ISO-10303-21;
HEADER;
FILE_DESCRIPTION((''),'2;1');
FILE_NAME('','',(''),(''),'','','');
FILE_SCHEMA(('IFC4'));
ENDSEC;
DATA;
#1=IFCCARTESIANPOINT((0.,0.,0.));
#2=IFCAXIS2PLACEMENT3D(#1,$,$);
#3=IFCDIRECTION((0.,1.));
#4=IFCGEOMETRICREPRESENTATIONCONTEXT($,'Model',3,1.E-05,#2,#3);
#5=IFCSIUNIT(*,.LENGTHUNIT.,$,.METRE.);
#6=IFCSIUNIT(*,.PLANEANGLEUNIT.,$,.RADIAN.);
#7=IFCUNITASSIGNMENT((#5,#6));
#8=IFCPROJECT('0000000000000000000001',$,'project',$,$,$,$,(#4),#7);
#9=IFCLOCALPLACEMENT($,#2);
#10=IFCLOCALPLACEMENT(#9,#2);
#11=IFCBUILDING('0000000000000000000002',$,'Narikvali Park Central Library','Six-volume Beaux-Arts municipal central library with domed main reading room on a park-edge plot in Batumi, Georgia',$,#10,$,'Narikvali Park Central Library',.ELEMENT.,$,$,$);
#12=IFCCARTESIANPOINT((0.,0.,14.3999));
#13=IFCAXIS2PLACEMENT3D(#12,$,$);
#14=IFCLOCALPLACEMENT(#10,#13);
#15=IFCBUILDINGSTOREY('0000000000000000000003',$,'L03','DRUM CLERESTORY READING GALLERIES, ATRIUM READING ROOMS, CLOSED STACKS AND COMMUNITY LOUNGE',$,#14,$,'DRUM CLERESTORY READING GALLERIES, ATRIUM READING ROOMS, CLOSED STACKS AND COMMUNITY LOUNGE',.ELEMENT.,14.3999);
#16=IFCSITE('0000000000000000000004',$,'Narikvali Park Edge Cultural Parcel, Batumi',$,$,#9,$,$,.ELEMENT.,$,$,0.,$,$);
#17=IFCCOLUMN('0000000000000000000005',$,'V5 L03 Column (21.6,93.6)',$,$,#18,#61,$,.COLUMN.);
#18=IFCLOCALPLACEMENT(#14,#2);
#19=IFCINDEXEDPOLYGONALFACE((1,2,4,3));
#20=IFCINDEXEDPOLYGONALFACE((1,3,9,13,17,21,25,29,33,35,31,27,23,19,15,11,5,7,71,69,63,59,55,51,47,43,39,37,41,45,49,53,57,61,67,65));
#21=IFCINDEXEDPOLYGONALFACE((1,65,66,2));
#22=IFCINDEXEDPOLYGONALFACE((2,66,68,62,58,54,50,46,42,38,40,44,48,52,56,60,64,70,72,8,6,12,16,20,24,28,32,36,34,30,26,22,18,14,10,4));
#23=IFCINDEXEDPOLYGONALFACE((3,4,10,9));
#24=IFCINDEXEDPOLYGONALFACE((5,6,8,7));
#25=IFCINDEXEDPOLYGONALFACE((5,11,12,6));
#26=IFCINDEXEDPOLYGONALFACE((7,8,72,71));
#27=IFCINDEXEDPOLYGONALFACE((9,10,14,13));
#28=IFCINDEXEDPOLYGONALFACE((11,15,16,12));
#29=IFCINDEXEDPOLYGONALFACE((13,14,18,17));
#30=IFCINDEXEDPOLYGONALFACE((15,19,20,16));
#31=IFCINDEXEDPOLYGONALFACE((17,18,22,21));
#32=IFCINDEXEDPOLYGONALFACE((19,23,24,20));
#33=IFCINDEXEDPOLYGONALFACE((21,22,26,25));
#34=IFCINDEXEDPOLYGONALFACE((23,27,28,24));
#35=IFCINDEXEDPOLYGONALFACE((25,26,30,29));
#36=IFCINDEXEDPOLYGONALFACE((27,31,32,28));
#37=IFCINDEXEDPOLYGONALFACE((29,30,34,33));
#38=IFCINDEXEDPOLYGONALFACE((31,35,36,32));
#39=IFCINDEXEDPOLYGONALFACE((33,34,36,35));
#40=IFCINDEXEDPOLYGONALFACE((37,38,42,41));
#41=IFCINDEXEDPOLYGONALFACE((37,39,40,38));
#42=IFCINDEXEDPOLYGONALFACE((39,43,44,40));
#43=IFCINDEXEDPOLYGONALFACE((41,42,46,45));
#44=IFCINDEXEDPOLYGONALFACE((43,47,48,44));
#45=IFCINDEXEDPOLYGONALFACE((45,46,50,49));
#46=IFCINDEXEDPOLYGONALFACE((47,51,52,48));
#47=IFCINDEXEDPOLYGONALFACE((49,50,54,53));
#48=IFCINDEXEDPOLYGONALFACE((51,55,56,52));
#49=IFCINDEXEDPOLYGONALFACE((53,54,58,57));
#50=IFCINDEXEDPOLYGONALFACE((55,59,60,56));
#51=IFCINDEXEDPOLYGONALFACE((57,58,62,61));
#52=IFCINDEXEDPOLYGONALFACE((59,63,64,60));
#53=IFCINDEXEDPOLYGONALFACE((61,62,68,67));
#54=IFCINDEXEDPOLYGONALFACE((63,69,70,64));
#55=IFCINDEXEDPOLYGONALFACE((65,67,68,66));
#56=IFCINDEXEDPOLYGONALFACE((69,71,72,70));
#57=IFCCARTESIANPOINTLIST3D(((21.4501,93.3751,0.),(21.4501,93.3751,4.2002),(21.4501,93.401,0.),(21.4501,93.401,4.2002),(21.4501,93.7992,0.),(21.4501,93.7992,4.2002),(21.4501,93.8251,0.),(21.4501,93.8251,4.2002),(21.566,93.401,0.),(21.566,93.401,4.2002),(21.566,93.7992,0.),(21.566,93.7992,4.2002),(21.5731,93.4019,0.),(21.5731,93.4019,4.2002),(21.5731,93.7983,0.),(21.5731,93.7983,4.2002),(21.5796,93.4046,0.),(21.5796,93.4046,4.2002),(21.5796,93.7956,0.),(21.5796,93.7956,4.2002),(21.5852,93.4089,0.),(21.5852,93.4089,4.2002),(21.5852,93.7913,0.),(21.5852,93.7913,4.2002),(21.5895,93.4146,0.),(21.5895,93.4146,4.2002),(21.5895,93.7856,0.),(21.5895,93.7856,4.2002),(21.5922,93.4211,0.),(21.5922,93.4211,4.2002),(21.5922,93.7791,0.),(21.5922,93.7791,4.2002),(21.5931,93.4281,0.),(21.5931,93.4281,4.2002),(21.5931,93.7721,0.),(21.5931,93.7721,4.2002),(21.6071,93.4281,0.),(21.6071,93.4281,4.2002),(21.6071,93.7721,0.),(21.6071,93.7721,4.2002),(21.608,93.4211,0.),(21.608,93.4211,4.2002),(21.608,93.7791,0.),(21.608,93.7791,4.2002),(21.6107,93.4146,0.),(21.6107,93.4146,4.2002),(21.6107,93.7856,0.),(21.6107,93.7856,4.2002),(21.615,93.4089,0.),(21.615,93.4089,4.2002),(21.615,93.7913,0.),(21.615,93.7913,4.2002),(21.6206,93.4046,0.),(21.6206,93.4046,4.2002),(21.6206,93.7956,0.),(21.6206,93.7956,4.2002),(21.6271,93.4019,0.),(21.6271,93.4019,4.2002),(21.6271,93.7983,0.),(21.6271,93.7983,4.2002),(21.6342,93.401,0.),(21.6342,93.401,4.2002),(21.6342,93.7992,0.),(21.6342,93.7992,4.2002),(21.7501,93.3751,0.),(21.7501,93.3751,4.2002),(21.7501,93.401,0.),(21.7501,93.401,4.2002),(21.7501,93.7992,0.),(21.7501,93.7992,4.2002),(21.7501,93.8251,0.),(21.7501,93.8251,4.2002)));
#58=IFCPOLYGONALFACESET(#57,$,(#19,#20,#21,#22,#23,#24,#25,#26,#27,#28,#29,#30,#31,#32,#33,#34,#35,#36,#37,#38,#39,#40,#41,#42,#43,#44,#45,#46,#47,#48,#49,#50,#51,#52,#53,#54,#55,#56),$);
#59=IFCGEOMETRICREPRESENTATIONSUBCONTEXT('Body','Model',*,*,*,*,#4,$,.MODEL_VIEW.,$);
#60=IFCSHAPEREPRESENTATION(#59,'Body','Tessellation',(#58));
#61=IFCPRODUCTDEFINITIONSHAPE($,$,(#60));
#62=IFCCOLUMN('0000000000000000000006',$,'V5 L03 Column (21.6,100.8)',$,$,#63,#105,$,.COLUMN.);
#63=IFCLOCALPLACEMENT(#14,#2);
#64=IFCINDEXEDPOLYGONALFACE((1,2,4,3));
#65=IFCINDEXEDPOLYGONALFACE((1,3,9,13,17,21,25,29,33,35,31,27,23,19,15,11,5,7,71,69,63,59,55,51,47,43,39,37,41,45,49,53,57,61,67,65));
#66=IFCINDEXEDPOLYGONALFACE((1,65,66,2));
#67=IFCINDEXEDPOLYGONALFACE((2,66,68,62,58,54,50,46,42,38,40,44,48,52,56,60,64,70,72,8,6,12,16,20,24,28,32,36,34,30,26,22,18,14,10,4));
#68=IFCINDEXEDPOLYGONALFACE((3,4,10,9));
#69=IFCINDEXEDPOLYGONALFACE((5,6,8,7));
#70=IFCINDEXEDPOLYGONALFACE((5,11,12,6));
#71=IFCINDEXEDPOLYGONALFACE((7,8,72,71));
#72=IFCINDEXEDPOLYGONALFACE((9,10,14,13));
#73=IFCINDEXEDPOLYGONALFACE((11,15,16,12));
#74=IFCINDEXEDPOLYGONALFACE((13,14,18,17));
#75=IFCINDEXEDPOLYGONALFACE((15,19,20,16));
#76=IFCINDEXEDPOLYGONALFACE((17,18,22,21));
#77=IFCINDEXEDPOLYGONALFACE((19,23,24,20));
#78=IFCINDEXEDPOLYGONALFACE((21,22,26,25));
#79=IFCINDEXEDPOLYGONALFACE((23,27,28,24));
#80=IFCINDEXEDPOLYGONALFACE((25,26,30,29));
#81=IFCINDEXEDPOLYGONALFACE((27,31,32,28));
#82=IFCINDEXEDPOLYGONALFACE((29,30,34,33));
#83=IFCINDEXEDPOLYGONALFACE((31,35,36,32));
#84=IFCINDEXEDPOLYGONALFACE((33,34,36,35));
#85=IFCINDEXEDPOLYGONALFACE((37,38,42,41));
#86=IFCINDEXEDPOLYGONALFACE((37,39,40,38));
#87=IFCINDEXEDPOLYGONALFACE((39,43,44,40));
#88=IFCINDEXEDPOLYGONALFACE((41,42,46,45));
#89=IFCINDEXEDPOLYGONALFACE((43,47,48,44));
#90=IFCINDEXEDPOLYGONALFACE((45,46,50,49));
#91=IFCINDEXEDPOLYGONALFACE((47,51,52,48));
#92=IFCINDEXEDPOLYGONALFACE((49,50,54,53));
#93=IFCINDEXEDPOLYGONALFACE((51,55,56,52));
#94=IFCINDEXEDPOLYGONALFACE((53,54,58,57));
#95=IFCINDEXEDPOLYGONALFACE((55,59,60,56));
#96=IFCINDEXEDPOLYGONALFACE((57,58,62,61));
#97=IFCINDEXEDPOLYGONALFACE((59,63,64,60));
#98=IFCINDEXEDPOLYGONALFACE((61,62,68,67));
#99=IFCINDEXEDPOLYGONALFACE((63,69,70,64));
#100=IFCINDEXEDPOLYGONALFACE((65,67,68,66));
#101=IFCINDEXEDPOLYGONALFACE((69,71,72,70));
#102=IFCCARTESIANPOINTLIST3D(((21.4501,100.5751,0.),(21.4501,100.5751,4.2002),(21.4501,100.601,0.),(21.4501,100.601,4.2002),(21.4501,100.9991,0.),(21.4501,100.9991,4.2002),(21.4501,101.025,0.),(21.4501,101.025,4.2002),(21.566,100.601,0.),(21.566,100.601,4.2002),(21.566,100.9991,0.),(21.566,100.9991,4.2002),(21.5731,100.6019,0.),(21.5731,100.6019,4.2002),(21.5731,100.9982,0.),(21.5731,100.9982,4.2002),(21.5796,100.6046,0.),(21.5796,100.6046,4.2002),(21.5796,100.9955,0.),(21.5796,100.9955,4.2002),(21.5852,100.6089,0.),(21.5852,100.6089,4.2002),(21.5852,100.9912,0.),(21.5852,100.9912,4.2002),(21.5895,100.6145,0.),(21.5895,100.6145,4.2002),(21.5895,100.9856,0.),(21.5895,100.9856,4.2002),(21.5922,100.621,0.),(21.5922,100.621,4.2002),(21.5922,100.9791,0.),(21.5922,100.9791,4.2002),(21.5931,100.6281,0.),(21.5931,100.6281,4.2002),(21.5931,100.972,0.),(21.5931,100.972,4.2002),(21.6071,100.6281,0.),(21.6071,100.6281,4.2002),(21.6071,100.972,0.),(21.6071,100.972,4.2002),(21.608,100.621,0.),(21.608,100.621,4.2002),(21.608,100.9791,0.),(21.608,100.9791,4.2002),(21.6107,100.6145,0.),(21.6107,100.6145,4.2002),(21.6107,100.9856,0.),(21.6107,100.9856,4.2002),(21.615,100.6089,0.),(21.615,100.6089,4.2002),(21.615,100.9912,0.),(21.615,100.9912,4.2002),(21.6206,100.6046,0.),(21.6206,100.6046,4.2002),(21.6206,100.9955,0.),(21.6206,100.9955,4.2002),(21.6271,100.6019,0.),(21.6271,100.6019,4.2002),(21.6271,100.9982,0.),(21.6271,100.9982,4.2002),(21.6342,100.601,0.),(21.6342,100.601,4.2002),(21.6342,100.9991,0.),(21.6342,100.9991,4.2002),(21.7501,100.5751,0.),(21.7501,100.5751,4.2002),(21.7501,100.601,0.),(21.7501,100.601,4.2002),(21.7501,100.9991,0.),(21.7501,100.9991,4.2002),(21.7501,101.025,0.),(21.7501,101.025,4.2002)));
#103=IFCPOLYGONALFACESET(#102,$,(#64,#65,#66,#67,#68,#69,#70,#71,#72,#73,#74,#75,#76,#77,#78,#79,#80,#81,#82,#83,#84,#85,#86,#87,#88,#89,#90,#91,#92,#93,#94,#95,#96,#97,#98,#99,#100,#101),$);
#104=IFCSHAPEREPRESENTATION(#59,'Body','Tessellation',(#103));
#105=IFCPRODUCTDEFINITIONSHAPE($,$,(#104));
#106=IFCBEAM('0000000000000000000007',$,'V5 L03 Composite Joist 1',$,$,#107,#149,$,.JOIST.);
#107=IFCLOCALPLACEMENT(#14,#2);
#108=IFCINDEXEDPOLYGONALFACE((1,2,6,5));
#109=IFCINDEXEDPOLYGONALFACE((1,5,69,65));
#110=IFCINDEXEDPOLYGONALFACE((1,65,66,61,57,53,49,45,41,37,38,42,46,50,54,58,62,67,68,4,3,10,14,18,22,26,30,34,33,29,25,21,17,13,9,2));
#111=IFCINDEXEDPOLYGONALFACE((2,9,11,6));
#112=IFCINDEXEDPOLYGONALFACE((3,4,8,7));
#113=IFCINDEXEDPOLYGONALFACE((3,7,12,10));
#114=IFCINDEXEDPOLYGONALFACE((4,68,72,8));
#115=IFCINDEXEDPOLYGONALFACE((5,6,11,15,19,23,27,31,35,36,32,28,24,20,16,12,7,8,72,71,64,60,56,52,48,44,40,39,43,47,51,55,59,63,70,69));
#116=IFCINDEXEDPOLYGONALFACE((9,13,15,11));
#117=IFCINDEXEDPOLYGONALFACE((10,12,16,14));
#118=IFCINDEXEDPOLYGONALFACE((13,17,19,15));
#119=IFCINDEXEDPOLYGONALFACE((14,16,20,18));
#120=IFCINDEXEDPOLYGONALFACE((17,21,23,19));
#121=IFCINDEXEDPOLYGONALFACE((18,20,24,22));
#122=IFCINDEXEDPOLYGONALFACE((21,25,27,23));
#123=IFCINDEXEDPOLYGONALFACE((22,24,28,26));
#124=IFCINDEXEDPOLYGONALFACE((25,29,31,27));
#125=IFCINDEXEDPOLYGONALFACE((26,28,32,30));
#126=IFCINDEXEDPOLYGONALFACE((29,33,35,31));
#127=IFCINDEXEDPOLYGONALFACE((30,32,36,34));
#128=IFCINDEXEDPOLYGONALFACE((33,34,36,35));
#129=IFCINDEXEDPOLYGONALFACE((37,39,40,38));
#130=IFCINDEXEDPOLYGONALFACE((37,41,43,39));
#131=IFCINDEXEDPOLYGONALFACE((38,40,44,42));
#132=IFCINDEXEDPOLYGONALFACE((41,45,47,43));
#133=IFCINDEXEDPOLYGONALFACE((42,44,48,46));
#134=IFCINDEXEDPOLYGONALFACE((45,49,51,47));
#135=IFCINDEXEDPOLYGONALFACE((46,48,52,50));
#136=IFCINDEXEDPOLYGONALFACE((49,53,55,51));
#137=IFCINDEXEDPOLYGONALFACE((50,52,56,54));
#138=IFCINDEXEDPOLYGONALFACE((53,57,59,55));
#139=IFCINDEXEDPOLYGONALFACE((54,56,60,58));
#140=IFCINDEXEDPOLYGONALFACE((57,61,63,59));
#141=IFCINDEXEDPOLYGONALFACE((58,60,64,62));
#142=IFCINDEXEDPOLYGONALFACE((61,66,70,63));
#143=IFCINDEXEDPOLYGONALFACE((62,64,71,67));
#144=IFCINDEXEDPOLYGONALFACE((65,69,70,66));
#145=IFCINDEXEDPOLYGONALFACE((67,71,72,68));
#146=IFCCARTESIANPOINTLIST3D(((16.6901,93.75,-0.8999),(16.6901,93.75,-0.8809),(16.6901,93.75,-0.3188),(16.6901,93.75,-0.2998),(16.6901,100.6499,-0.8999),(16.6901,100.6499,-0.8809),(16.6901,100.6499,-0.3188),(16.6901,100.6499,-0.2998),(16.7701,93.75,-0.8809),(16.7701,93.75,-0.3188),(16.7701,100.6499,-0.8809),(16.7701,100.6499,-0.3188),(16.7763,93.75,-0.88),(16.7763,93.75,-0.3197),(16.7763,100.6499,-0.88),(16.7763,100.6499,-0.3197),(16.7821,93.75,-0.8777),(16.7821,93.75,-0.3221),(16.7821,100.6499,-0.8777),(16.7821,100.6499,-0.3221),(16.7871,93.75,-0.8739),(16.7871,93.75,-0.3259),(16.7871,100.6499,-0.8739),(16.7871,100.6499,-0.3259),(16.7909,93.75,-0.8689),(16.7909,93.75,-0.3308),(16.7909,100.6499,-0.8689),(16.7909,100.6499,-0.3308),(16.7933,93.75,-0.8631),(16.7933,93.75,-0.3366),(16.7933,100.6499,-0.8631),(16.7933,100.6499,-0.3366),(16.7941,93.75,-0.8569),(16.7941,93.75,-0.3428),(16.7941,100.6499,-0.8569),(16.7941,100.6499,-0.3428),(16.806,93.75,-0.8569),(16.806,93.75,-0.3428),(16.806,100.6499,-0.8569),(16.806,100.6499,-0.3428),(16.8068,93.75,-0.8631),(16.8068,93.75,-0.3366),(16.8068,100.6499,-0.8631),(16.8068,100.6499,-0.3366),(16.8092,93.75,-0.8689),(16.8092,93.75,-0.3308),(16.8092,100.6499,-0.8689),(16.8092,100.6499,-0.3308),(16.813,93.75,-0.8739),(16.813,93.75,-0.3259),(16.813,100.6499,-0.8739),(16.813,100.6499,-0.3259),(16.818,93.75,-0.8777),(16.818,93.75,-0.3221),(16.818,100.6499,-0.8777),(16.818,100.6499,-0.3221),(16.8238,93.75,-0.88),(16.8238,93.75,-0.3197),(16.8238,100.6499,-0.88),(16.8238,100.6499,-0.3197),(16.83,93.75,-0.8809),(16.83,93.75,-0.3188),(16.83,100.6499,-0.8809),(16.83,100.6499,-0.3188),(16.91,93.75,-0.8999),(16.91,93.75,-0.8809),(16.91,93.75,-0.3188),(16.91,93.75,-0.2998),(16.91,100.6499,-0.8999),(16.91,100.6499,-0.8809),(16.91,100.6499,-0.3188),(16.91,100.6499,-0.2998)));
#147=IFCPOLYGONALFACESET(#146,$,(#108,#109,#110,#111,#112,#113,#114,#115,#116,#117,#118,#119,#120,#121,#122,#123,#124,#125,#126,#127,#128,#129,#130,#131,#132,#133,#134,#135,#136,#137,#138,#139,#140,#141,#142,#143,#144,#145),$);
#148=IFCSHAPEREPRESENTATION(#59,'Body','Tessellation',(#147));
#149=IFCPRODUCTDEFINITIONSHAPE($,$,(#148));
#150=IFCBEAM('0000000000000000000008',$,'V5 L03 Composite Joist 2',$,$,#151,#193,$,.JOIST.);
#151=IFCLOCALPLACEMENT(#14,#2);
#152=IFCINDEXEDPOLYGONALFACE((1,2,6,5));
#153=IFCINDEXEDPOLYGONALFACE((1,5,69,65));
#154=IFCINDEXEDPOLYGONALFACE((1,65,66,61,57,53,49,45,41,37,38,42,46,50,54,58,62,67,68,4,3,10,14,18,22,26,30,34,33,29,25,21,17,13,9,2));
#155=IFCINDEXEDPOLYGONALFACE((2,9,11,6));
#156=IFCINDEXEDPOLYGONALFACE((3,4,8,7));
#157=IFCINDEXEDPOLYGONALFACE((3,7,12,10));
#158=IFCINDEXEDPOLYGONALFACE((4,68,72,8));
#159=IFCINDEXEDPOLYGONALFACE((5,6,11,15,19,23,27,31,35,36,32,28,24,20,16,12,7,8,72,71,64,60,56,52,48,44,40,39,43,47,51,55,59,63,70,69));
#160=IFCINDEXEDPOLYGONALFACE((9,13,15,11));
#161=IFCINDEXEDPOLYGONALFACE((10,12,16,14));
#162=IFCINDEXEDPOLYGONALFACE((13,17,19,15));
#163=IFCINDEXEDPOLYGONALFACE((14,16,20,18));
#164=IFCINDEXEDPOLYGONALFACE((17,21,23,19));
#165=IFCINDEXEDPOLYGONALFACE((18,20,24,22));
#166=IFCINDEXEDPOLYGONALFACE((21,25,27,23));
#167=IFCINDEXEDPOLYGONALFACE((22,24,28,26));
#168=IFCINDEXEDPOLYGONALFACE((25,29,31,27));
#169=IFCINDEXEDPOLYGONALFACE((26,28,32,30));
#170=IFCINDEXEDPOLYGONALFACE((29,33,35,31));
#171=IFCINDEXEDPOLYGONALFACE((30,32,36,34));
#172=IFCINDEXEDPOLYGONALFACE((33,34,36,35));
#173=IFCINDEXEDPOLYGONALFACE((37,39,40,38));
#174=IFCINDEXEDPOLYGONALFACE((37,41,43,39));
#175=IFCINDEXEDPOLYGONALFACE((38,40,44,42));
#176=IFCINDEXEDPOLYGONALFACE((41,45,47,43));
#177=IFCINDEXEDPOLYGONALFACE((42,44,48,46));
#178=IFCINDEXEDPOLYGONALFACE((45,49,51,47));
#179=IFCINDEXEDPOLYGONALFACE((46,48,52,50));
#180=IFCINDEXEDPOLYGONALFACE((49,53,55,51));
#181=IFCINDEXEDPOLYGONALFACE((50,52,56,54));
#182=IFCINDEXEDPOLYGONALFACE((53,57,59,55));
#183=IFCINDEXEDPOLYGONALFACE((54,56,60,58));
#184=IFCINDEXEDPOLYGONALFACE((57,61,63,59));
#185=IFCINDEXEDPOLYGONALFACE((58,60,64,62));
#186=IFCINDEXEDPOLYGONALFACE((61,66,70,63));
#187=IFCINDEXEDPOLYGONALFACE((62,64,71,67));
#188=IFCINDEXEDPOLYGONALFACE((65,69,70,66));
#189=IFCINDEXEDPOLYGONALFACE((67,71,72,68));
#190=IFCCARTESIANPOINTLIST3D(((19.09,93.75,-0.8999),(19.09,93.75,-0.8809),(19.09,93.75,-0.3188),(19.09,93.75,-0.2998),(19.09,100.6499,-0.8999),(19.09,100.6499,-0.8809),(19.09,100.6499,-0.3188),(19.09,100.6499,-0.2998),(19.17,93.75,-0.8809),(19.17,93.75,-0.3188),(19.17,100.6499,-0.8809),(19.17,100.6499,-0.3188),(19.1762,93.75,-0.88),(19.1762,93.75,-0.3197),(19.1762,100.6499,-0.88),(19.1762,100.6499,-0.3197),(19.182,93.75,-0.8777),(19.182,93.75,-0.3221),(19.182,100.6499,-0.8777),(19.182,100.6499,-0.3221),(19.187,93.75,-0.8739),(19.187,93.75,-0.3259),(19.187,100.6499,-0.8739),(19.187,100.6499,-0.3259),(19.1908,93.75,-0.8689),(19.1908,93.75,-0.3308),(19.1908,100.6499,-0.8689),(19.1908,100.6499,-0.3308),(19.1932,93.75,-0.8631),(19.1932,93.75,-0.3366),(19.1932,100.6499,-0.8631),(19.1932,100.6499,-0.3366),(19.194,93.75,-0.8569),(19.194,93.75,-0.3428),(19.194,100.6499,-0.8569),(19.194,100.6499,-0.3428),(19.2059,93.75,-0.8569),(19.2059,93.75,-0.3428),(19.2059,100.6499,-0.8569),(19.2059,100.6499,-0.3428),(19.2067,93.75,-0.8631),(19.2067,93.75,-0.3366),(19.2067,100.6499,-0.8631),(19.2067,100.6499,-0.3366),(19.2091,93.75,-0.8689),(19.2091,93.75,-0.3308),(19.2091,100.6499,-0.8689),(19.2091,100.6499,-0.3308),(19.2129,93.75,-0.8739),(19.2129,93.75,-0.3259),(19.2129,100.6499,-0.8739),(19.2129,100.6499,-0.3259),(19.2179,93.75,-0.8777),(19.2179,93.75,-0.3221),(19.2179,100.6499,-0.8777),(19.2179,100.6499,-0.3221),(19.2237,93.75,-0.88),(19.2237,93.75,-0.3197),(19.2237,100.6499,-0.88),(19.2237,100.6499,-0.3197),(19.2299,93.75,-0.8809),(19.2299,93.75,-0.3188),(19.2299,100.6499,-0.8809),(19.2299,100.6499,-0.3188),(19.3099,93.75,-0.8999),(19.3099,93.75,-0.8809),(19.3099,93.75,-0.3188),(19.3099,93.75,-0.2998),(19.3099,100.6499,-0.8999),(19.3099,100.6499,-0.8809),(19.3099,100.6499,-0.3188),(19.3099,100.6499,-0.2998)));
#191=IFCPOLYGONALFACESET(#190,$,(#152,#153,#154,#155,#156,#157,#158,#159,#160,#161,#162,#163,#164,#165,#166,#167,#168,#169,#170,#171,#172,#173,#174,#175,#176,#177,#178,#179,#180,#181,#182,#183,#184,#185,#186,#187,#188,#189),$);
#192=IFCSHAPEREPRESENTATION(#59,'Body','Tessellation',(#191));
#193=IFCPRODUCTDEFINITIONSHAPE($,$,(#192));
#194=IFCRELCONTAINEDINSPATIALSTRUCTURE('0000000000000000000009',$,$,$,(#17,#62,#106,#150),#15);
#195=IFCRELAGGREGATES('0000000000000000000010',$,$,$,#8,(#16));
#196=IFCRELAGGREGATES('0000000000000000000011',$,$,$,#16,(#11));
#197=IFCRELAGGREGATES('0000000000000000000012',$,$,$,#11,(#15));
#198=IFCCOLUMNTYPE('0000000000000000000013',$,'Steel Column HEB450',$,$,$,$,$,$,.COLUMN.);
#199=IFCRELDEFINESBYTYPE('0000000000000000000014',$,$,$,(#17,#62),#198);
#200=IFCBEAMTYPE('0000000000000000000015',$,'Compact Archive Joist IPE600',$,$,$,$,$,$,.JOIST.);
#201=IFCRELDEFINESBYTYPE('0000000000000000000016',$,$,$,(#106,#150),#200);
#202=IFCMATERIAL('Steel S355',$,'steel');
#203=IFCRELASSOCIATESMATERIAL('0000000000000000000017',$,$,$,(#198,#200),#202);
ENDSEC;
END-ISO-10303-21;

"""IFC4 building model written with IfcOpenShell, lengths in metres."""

from ifc_helpers import new_model, si_unit, direction, frame, origin, origin_2d, place, context, subcontext, project, spatial, i_section, extrude, material, material_profile, profile_set, type_object, element, save


model = new_model("IFC4")

# Units and contexts
model_context = context("Model", 3, precision=1e-05, world=origin(), true_north=direction((0.0, 1.0)))
body_context = subcontext(model_context, "Body", "Model", "MODEL_VIEW")
ifc_project = project(units=[si_unit("LENGTHUNIT", "METRE"), si_unit("PLANEANGLEUNIT", "RADIAN")], contexts=[model_context])

# Site, building, storey
site_placement = place(None, origin())
site = spatial("IfcSite", under=ifc_project, at=site_placement, Name="Narikvali Park Edge Cultural Parcel, Batumi", CompositionType="ELEMENT", RefElevation=0.0)
building_placement = place(site_placement, origin())
building = spatial("IfcBuilding", under=site, at=building_placement, Name="Narikvali Park Central Library", Description="Six-volume Beaux-Arts municipal central library with domed main reading room on a park-edge plot in Batumi, Georgia", LongName="Narikvali Park Central Library", CompositionType="ELEMENT")
storey_placement = place(building_placement, frame((0.0, 0.0, 14.3999)))
storey = spatial("IfcBuildingStorey", under=building, at=storey_placement, Name="L03", Description="DRUM CLERESTORY READING GALLERIES, ATRIUM READING ROOMS, CLOSED STACKS AND COMMUNITY LOUNGE", LongName="DRUM CLERESTORY READING GALLERIES, ATRIUM READING ROOMS, CLOSED STACKS AND COMMUNITY LOUNGE", CompositionType="ELEMENT", Elevation=14.3999)

# Columns
ifc_material_1 = material(Name="Steel S355", Category="steel")
ifc_material_profile_1 = material_profile(ifc_material_1, i_section(OverallWidth=0.3, OverallDepth=0.45, WebThickness=0.0139, FlangeThickness=0.0259, FilletRadius=0.0271, at=origin_2d()), Name="HEB 450")
ifc_profile_set_1 = profile_set([ifc_material_profile_1], Name="Steel S355")
column_type = type_object("IfcColumnType", Name="Steel Column HEB450", PredefinedType="COLUMN", material=ifc_profile_set_1)
for number, where, z_axis, x_axis, name in (
    (1, (21.6001, 93.6001, 0.0), (0.0, 0.0, 1.0), (1.0, 0.0, 0.0), "V5 L03 Column (21.6,93.6)"),
    (2, (21.6001, 100.8, 0.0), (0.0, 0.0, 1.0), (1.0, 0.0, 0.0), "V5 L03 Column (21.6,100.8)"),
):
    element("IfcColumn", number, at=place(storey_placement, frame(where, z_axis=z_axis, x_axis=x_axis)), inside=storey, type_object=column_type, Name=name, PredefinedType="COLUMN", context=body_context, shape_type="SweptSolid", body=[
        extrude(i_section(OverallWidth=0.3, OverallDepth=0.45, WebThickness=0.0139, FlangeThickness=0.0259, FilletRadius=0.0271, at=origin_2d()), origin(), (0.0, 0.0, 1.0), 4.2002),
    ])

# Beams
ifc_material_profile_2 = material_profile(ifc_material_1, i_section(OverallWidth=0.22, OverallDepth=0.6001, WebThickness=0.012, FlangeThickness=0.019, FilletRadius=0.0239, at=origin_2d()), Name="IPE 600")
ifc_profile_set_2 = profile_set([ifc_material_profile_2], Name="Steel S355")
beam_type_1 = type_object("IfcBeamType", Name="Compact Archive Joist IPE600", PredefinedType="JOIST", material=ifc_profile_set_2)
for number, where, z_axis, x_axis, name in (
    (3, (16.8, 93.75, -0.5999), (0.0, 1.0, 0.0), (-1.0, 0.0, 0.0), "V5 L03 Composite Joist 1"),
    (4, (19.2, 93.75, -0.5999), (0.0, 1.0, 0.0), (-1.0, 0.0, 0.0), "V5 L03 Composite Joist 2"),
):
    element("IfcBeam", number, at=place(storey_placement, frame(where, z_axis=z_axis, x_axis=x_axis)), inside=storey, type_object=beam_type_1, Name=name, PredefinedType="JOIST", context=body_context, shape_type="SweptSolid", body=[
        extrude(i_section(OverallWidth=0.22, OverallDepth=0.6001, WebThickness=0.012, FlangeThickness=0.019, FilletRadius=0.0239, at=origin_2d()), origin(), (0.0, 0.0, 1.0), 6.8999),
    ])

save(model, "model.ifc")
